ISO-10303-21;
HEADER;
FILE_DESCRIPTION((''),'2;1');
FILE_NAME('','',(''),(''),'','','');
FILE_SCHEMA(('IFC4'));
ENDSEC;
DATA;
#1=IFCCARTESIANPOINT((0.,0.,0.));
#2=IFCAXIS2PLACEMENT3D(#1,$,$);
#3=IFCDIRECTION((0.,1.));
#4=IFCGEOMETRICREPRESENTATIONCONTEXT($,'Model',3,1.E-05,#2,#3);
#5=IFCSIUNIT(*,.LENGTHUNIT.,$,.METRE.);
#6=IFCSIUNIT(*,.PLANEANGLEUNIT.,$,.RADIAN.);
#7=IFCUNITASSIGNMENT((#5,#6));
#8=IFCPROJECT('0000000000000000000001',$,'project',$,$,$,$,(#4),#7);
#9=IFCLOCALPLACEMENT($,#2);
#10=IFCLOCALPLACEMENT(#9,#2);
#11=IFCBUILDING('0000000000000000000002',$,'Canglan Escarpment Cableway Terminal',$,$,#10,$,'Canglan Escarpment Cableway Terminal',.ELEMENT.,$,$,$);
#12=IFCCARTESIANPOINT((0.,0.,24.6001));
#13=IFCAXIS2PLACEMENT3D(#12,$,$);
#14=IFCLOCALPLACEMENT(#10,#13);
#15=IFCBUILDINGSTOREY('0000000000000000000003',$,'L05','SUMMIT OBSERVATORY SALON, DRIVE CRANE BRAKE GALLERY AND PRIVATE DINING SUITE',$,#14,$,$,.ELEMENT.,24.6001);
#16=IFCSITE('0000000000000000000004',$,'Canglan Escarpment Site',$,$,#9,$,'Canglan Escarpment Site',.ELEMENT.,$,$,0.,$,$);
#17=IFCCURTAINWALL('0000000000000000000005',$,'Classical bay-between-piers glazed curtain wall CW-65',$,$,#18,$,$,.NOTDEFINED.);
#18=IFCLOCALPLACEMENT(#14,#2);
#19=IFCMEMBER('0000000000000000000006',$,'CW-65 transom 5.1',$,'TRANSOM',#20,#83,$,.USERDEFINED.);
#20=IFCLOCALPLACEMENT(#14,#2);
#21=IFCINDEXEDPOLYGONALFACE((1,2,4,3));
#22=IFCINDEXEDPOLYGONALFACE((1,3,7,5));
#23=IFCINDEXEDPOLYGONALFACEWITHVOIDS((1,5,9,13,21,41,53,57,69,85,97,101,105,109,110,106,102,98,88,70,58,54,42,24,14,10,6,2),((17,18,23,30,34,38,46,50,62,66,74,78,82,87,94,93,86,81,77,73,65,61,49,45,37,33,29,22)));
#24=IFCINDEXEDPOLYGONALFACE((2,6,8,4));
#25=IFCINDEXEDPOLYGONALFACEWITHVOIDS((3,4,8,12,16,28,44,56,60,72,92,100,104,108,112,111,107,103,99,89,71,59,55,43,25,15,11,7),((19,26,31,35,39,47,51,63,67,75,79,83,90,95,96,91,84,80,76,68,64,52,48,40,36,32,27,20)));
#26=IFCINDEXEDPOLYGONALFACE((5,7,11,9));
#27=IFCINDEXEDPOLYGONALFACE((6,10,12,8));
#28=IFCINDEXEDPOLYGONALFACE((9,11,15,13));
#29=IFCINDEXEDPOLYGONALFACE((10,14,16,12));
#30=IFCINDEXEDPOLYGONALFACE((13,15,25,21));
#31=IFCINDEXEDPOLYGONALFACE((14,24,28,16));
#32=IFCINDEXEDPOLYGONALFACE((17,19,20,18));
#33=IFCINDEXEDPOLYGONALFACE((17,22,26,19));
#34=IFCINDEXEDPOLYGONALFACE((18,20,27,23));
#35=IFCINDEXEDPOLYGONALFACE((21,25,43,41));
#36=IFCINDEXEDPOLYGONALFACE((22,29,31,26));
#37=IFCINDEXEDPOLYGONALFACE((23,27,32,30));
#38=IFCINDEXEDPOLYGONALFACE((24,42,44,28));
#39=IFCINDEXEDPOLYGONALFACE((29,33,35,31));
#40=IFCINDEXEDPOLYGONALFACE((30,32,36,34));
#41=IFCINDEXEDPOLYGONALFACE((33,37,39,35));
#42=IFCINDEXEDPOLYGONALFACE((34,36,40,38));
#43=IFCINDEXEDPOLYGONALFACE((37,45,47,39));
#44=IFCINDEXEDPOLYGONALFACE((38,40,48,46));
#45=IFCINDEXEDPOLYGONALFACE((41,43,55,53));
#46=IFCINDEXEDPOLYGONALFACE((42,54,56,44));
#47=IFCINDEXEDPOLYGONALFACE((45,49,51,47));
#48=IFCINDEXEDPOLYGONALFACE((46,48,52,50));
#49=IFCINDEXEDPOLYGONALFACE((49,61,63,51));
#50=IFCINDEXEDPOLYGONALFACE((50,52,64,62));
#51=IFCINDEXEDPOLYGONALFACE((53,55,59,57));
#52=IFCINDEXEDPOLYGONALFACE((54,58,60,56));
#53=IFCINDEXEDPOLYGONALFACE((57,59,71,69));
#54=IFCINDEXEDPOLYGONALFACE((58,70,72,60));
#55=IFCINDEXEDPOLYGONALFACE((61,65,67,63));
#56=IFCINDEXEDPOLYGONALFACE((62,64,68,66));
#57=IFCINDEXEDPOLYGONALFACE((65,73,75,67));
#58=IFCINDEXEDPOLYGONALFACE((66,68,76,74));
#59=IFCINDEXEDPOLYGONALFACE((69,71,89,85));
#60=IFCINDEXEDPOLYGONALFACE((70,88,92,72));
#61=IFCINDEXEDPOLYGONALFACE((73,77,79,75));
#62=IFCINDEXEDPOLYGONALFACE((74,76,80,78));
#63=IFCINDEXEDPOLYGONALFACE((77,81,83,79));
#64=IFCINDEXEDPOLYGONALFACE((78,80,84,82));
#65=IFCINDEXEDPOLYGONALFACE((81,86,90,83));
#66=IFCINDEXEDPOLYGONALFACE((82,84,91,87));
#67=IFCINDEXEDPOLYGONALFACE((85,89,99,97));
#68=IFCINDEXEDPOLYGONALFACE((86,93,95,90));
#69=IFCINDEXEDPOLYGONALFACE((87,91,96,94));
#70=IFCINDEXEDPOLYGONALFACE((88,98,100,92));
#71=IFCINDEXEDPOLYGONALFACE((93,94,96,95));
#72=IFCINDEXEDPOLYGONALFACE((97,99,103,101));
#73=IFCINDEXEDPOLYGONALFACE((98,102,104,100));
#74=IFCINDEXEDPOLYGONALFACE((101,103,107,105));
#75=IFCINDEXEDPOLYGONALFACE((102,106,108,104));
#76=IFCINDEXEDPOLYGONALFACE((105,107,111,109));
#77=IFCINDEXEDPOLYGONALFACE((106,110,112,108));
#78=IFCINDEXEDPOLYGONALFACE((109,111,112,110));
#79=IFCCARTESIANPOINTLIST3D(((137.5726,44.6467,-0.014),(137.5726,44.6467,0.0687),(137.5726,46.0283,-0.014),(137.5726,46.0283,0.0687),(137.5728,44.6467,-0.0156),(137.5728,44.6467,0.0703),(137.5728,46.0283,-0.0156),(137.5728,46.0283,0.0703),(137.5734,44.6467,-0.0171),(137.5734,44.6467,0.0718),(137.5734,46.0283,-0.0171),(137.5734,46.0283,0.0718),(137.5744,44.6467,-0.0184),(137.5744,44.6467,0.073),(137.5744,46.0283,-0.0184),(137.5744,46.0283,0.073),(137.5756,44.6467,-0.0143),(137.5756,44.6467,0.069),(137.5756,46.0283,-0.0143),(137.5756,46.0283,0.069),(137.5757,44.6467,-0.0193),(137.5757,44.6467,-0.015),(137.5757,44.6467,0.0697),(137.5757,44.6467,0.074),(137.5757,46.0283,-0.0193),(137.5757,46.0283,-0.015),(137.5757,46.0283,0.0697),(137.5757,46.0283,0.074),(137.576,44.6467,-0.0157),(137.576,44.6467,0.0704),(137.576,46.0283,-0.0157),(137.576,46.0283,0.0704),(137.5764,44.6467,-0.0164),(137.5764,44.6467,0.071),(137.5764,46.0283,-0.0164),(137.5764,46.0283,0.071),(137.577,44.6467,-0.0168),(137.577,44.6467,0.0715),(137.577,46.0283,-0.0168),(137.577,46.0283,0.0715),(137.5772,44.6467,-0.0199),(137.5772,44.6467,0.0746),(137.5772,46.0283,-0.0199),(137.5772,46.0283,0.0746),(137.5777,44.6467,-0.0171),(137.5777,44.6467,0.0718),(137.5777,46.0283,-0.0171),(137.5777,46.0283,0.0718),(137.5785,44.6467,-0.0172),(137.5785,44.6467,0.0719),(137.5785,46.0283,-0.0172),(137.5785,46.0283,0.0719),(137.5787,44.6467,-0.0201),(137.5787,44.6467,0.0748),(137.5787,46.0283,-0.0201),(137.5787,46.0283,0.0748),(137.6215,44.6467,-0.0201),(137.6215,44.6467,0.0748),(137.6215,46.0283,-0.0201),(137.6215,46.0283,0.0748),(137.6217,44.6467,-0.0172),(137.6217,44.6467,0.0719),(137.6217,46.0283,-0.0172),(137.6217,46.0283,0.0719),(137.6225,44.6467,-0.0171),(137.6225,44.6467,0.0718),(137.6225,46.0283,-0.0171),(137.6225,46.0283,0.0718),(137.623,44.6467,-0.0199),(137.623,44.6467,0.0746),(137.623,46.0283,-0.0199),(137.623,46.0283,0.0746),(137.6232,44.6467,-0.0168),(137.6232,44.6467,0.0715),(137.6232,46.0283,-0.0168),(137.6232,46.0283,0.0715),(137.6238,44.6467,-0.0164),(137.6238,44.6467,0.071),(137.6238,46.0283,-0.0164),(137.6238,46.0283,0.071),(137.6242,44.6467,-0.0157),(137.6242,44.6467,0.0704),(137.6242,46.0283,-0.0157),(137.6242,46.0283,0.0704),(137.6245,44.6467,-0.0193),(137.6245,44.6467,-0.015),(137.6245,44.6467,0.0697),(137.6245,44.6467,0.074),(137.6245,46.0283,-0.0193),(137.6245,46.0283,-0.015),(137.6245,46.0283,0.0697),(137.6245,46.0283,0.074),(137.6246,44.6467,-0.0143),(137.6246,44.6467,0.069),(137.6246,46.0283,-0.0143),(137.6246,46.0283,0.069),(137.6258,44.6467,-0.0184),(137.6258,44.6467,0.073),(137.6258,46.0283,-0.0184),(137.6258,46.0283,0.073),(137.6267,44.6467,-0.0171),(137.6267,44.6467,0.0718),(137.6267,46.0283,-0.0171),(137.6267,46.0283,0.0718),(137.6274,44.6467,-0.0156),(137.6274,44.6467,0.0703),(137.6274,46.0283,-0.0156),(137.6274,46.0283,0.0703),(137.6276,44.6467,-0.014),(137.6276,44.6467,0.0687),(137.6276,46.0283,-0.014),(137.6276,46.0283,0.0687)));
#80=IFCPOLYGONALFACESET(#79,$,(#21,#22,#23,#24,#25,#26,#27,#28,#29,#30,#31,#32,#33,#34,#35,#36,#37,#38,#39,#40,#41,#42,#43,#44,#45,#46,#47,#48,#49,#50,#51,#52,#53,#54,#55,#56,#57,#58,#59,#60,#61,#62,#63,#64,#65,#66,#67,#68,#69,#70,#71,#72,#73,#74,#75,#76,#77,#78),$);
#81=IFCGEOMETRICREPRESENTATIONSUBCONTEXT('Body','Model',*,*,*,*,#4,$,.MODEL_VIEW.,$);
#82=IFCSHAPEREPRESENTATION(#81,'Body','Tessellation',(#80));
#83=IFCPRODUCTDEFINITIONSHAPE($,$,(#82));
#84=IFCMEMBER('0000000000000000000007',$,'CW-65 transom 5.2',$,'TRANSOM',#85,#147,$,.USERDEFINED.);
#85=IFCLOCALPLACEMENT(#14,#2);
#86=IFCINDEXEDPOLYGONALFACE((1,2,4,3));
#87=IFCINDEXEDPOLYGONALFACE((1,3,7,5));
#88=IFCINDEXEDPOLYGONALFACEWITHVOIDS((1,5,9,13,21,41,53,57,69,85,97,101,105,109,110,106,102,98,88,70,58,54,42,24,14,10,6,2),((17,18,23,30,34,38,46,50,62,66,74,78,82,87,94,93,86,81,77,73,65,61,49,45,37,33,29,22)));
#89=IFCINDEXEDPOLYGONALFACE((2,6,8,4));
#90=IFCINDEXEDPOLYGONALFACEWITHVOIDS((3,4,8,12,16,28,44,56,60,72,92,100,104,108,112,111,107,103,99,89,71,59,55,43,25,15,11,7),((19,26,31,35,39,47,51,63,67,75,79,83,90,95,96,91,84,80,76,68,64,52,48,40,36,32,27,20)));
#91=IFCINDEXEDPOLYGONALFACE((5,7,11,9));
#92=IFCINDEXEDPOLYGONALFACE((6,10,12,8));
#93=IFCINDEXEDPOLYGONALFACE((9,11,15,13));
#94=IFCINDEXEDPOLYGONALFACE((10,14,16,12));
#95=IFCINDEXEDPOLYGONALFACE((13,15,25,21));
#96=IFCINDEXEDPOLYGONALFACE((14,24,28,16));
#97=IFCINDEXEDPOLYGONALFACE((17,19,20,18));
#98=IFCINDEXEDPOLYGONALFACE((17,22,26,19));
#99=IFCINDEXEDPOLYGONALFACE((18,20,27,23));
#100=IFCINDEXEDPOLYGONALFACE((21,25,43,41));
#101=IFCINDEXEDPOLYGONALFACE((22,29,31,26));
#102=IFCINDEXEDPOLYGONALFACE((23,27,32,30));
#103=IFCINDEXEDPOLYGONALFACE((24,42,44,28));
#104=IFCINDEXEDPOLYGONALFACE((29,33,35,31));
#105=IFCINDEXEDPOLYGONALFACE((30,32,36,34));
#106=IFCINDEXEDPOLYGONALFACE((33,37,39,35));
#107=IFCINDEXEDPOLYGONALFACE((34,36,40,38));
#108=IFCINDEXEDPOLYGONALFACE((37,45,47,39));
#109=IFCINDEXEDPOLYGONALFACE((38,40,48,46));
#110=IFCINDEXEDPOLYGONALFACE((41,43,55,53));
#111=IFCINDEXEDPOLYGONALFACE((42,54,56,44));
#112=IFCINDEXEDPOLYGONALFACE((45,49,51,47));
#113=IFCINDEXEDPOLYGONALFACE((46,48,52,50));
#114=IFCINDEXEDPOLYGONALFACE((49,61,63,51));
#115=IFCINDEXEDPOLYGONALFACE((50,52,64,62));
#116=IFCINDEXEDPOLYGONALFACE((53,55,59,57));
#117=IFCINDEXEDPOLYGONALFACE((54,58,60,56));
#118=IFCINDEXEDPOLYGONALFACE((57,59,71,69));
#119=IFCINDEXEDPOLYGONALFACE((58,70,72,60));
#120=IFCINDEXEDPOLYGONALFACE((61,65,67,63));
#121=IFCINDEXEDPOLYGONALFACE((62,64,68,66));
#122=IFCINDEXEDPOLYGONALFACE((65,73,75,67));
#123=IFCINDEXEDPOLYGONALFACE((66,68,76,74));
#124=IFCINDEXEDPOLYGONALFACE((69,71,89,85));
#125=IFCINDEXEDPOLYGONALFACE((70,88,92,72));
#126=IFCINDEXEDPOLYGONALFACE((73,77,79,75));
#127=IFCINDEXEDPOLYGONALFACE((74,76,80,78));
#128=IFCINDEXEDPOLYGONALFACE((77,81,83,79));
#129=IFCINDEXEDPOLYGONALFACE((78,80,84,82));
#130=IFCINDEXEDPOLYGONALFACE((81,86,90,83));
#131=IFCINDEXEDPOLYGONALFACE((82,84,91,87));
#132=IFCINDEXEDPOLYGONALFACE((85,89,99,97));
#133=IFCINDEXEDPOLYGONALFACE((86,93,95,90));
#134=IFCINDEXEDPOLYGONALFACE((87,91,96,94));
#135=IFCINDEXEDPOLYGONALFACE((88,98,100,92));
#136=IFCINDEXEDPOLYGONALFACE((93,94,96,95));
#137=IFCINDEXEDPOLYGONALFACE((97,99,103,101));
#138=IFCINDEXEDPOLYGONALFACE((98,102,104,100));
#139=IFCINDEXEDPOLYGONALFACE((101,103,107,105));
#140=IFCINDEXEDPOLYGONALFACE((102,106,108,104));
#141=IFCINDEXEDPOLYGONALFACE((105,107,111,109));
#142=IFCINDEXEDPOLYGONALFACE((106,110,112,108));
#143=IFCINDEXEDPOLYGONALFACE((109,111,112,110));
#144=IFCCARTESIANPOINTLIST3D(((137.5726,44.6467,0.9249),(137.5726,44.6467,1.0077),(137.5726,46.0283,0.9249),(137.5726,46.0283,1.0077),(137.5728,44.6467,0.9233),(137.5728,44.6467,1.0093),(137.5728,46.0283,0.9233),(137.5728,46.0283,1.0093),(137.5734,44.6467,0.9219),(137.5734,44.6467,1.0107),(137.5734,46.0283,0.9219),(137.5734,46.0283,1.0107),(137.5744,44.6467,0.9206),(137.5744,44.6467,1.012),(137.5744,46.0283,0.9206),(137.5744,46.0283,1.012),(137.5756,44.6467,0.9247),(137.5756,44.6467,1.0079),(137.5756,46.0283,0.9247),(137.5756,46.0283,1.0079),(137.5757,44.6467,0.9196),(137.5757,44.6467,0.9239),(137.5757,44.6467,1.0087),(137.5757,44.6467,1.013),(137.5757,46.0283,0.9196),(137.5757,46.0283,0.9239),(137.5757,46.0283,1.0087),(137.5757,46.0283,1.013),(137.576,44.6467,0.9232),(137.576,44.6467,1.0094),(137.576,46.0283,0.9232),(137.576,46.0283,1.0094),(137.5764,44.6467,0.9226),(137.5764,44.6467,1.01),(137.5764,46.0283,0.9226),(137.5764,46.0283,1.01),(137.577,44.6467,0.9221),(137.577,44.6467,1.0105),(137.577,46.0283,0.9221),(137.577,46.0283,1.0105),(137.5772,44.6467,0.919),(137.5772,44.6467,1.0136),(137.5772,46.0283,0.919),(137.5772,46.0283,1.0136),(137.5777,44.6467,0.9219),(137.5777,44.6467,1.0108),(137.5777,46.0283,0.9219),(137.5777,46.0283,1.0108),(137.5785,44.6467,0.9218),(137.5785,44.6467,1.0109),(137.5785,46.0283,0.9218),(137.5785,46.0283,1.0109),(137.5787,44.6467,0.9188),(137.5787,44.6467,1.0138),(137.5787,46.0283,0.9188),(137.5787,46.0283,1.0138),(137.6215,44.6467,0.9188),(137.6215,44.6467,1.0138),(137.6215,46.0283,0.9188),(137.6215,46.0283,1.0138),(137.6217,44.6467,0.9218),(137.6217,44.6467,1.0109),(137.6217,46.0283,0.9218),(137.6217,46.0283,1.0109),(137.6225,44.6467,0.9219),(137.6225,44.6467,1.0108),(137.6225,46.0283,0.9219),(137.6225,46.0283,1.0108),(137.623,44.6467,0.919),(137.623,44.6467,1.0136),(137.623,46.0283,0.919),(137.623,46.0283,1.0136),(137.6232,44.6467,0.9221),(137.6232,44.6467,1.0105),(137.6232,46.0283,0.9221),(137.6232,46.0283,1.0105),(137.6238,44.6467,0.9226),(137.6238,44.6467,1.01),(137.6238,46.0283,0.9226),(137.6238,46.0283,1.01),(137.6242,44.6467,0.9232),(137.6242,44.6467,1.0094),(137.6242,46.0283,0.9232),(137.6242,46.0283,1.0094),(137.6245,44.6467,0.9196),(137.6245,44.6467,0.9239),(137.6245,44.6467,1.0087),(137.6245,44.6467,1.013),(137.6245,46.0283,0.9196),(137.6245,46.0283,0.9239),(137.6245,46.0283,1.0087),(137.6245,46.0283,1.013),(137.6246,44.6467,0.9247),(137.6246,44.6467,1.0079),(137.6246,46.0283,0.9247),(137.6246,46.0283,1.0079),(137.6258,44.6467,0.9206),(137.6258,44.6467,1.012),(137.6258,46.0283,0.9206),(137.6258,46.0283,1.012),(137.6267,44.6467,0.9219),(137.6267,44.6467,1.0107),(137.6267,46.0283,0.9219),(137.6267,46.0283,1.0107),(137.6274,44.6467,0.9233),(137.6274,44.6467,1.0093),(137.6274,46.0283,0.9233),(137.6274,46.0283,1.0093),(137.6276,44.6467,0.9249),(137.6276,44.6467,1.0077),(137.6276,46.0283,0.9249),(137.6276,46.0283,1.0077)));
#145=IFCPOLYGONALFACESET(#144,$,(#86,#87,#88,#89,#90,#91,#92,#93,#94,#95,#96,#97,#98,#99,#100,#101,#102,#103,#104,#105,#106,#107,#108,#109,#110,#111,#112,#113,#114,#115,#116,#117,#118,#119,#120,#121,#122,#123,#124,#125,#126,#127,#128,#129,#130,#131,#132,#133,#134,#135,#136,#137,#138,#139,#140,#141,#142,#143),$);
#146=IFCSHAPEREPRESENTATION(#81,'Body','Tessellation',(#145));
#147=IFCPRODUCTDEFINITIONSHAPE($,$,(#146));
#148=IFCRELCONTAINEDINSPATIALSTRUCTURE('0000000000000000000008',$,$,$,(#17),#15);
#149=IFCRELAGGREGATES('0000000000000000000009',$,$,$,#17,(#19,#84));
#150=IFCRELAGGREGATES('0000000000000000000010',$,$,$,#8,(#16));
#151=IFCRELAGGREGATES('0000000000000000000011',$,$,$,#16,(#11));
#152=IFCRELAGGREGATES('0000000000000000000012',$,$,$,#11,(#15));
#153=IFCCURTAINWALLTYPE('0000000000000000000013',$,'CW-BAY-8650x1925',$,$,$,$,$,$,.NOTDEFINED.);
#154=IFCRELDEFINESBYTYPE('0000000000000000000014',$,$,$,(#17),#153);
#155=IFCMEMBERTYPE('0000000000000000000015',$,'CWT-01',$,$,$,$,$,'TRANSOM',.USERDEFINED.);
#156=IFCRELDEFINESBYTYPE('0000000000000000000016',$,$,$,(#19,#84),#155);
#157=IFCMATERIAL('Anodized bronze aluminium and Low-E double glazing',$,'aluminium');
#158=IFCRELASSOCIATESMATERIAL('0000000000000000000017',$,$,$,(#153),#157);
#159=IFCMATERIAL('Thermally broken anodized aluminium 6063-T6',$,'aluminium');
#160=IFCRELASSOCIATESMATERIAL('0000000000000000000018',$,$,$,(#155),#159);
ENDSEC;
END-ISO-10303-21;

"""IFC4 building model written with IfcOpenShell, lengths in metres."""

from ifc_helpers import new_model, si_unit, direction, frame, origin, origin_2d, place, context, subcontext, project, spatial, hollow_rectangle, extrude, material, material_profile, profile_set, type_object, element, aggregate, save


model = new_model("IFC4")

# Units and contexts
model_context = context("Model", 3, precision=1e-05, world=origin(), true_north=direction((0.0, 1.0)))
body_context = subcontext(model_context, "Body", "Model", "MODEL_VIEW")
ifc_project = project(units=[si_unit("LENGTHUNIT", "METRE"), si_unit("PLANEANGLEUNIT", "RADIAN")], contexts=[model_context])

# Site, building, storey
site_placement = place(None, origin())
site = spatial("IfcSite", under=ifc_project, at=site_placement, Name="Canglan Escarpment Site", LongName="Canglan Escarpment Site", CompositionType="ELEMENT", RefElevation=0.0)
building_placement = place(site_placement, origin())
building = spatial("IfcBuilding", under=site, at=building_placement, Name="Canglan Escarpment Cableway Terminal", LongName="Canglan Escarpment Cableway Terminal", CompositionType="ELEMENT")
storey_placement = place(building_placement, frame((0.0, 0.0, 24.6001)))
storey = spatial("IfcBuildingStorey", under=building, at=storey_placement, Name="L05", Description="SUMMIT OBSERVATORY SALON, DRIVE CRANE BRAKE GALLERY AND PRIVATE DINING SUITE", CompositionType="ELEMENT", Elevation=24.6001)

# Curtain wall
ifc_material_1 = material(Name="Anodized bronze aluminium and Low-E double glazing", Category="aluminium")
curtain_wall_type = type_object("IfcCurtainWallType", Name="CW-BAY-8650x1925", PredefinedType="NOTDEFINED", material=ifc_material_1)
curtain_wall_1_placement = place(storey_placement, origin())
curtain_wall_1 = element("IfcCurtainWall", 1, at=curtain_wall_1_placement, inside=storey, type_object=curtain_wall_type, Name="Classical bay-between-piers glazed curtain wall CW-65", PredefinedType="NOTDEFINED")
ifc_material_2 = material(Name="Thermally broken anodized aluminium 6063-T6", Category="aluminium")

# Members
ifc_material_profile_1 = material_profile(ifc_material_2, hollow_rectangle(XDim=0.0549, YDim=0.095, WallThickness=0.0029, InnerFilletRadius=0.0029, OuterFilletRadius=0.0061, at=origin_2d()), Name="ALU-TRAN 55x95x3")
ifc_profile_set_1 = profile_set([ifc_material_profile_1], Name="Thermally broken anodized aluminium 6063-T6")
member_type_1 = type_object("IfcMemberType", Name="CWT-01", ElementType="TRANSOM", PredefinedType="USERDEFINED", material=ifc_profile_set_1)
member_1_placement = place(storey_placement, frame((137.6001, 46.0283, 0.0273), z_axis=(0.0, -1.0, 0.0), x_axis=(1.0, 0.0, 0.0)))
member_1 = element("IfcMember", 2, at=member_1_placement, type_object=member_type_1, Name="CW-65 transom 5.1", ObjectType="TRANSOM", PredefinedType="USERDEFINED", context=body_context, shape_type="SweptSolid", body=[
    extrude(hollow_rectangle(XDim=0.0549, YDim=0.095, WallThickness=0.0029, InnerFilletRadius=0.0029, OuterFilletRadius=0.0061, at=origin_2d()), origin(), (0.0, 0.0, 1.0), 1.3816),
])
member_2_placement = place(storey_placement, frame((137.6001, 46.0283, 0.9663), z_axis=(0.0, -1.0, 0.0), x_axis=(1.0, 0.0, 0.0)))
member_2 = element("IfcMember", 3, at=member_2_placement, type_object=member_type_1, Name="CW-65 transom 5.2", ObjectType="TRANSOM", PredefinedType="USERDEFINED", context=body_context, shape_type="SweptSolid", body=[
    extrude(hollow_rectangle(XDim=0.0549, YDim=0.095, WallThickness=0.0029, InnerFilletRadius=0.0029, OuterFilletRadius=0.0061, at=origin_2d()), origin(), (0.0, 0.0, 1.0), 1.3816),
])

aggregate(curtain_wall_1, [member_1, member_2])

save(model, "model.ifc")
